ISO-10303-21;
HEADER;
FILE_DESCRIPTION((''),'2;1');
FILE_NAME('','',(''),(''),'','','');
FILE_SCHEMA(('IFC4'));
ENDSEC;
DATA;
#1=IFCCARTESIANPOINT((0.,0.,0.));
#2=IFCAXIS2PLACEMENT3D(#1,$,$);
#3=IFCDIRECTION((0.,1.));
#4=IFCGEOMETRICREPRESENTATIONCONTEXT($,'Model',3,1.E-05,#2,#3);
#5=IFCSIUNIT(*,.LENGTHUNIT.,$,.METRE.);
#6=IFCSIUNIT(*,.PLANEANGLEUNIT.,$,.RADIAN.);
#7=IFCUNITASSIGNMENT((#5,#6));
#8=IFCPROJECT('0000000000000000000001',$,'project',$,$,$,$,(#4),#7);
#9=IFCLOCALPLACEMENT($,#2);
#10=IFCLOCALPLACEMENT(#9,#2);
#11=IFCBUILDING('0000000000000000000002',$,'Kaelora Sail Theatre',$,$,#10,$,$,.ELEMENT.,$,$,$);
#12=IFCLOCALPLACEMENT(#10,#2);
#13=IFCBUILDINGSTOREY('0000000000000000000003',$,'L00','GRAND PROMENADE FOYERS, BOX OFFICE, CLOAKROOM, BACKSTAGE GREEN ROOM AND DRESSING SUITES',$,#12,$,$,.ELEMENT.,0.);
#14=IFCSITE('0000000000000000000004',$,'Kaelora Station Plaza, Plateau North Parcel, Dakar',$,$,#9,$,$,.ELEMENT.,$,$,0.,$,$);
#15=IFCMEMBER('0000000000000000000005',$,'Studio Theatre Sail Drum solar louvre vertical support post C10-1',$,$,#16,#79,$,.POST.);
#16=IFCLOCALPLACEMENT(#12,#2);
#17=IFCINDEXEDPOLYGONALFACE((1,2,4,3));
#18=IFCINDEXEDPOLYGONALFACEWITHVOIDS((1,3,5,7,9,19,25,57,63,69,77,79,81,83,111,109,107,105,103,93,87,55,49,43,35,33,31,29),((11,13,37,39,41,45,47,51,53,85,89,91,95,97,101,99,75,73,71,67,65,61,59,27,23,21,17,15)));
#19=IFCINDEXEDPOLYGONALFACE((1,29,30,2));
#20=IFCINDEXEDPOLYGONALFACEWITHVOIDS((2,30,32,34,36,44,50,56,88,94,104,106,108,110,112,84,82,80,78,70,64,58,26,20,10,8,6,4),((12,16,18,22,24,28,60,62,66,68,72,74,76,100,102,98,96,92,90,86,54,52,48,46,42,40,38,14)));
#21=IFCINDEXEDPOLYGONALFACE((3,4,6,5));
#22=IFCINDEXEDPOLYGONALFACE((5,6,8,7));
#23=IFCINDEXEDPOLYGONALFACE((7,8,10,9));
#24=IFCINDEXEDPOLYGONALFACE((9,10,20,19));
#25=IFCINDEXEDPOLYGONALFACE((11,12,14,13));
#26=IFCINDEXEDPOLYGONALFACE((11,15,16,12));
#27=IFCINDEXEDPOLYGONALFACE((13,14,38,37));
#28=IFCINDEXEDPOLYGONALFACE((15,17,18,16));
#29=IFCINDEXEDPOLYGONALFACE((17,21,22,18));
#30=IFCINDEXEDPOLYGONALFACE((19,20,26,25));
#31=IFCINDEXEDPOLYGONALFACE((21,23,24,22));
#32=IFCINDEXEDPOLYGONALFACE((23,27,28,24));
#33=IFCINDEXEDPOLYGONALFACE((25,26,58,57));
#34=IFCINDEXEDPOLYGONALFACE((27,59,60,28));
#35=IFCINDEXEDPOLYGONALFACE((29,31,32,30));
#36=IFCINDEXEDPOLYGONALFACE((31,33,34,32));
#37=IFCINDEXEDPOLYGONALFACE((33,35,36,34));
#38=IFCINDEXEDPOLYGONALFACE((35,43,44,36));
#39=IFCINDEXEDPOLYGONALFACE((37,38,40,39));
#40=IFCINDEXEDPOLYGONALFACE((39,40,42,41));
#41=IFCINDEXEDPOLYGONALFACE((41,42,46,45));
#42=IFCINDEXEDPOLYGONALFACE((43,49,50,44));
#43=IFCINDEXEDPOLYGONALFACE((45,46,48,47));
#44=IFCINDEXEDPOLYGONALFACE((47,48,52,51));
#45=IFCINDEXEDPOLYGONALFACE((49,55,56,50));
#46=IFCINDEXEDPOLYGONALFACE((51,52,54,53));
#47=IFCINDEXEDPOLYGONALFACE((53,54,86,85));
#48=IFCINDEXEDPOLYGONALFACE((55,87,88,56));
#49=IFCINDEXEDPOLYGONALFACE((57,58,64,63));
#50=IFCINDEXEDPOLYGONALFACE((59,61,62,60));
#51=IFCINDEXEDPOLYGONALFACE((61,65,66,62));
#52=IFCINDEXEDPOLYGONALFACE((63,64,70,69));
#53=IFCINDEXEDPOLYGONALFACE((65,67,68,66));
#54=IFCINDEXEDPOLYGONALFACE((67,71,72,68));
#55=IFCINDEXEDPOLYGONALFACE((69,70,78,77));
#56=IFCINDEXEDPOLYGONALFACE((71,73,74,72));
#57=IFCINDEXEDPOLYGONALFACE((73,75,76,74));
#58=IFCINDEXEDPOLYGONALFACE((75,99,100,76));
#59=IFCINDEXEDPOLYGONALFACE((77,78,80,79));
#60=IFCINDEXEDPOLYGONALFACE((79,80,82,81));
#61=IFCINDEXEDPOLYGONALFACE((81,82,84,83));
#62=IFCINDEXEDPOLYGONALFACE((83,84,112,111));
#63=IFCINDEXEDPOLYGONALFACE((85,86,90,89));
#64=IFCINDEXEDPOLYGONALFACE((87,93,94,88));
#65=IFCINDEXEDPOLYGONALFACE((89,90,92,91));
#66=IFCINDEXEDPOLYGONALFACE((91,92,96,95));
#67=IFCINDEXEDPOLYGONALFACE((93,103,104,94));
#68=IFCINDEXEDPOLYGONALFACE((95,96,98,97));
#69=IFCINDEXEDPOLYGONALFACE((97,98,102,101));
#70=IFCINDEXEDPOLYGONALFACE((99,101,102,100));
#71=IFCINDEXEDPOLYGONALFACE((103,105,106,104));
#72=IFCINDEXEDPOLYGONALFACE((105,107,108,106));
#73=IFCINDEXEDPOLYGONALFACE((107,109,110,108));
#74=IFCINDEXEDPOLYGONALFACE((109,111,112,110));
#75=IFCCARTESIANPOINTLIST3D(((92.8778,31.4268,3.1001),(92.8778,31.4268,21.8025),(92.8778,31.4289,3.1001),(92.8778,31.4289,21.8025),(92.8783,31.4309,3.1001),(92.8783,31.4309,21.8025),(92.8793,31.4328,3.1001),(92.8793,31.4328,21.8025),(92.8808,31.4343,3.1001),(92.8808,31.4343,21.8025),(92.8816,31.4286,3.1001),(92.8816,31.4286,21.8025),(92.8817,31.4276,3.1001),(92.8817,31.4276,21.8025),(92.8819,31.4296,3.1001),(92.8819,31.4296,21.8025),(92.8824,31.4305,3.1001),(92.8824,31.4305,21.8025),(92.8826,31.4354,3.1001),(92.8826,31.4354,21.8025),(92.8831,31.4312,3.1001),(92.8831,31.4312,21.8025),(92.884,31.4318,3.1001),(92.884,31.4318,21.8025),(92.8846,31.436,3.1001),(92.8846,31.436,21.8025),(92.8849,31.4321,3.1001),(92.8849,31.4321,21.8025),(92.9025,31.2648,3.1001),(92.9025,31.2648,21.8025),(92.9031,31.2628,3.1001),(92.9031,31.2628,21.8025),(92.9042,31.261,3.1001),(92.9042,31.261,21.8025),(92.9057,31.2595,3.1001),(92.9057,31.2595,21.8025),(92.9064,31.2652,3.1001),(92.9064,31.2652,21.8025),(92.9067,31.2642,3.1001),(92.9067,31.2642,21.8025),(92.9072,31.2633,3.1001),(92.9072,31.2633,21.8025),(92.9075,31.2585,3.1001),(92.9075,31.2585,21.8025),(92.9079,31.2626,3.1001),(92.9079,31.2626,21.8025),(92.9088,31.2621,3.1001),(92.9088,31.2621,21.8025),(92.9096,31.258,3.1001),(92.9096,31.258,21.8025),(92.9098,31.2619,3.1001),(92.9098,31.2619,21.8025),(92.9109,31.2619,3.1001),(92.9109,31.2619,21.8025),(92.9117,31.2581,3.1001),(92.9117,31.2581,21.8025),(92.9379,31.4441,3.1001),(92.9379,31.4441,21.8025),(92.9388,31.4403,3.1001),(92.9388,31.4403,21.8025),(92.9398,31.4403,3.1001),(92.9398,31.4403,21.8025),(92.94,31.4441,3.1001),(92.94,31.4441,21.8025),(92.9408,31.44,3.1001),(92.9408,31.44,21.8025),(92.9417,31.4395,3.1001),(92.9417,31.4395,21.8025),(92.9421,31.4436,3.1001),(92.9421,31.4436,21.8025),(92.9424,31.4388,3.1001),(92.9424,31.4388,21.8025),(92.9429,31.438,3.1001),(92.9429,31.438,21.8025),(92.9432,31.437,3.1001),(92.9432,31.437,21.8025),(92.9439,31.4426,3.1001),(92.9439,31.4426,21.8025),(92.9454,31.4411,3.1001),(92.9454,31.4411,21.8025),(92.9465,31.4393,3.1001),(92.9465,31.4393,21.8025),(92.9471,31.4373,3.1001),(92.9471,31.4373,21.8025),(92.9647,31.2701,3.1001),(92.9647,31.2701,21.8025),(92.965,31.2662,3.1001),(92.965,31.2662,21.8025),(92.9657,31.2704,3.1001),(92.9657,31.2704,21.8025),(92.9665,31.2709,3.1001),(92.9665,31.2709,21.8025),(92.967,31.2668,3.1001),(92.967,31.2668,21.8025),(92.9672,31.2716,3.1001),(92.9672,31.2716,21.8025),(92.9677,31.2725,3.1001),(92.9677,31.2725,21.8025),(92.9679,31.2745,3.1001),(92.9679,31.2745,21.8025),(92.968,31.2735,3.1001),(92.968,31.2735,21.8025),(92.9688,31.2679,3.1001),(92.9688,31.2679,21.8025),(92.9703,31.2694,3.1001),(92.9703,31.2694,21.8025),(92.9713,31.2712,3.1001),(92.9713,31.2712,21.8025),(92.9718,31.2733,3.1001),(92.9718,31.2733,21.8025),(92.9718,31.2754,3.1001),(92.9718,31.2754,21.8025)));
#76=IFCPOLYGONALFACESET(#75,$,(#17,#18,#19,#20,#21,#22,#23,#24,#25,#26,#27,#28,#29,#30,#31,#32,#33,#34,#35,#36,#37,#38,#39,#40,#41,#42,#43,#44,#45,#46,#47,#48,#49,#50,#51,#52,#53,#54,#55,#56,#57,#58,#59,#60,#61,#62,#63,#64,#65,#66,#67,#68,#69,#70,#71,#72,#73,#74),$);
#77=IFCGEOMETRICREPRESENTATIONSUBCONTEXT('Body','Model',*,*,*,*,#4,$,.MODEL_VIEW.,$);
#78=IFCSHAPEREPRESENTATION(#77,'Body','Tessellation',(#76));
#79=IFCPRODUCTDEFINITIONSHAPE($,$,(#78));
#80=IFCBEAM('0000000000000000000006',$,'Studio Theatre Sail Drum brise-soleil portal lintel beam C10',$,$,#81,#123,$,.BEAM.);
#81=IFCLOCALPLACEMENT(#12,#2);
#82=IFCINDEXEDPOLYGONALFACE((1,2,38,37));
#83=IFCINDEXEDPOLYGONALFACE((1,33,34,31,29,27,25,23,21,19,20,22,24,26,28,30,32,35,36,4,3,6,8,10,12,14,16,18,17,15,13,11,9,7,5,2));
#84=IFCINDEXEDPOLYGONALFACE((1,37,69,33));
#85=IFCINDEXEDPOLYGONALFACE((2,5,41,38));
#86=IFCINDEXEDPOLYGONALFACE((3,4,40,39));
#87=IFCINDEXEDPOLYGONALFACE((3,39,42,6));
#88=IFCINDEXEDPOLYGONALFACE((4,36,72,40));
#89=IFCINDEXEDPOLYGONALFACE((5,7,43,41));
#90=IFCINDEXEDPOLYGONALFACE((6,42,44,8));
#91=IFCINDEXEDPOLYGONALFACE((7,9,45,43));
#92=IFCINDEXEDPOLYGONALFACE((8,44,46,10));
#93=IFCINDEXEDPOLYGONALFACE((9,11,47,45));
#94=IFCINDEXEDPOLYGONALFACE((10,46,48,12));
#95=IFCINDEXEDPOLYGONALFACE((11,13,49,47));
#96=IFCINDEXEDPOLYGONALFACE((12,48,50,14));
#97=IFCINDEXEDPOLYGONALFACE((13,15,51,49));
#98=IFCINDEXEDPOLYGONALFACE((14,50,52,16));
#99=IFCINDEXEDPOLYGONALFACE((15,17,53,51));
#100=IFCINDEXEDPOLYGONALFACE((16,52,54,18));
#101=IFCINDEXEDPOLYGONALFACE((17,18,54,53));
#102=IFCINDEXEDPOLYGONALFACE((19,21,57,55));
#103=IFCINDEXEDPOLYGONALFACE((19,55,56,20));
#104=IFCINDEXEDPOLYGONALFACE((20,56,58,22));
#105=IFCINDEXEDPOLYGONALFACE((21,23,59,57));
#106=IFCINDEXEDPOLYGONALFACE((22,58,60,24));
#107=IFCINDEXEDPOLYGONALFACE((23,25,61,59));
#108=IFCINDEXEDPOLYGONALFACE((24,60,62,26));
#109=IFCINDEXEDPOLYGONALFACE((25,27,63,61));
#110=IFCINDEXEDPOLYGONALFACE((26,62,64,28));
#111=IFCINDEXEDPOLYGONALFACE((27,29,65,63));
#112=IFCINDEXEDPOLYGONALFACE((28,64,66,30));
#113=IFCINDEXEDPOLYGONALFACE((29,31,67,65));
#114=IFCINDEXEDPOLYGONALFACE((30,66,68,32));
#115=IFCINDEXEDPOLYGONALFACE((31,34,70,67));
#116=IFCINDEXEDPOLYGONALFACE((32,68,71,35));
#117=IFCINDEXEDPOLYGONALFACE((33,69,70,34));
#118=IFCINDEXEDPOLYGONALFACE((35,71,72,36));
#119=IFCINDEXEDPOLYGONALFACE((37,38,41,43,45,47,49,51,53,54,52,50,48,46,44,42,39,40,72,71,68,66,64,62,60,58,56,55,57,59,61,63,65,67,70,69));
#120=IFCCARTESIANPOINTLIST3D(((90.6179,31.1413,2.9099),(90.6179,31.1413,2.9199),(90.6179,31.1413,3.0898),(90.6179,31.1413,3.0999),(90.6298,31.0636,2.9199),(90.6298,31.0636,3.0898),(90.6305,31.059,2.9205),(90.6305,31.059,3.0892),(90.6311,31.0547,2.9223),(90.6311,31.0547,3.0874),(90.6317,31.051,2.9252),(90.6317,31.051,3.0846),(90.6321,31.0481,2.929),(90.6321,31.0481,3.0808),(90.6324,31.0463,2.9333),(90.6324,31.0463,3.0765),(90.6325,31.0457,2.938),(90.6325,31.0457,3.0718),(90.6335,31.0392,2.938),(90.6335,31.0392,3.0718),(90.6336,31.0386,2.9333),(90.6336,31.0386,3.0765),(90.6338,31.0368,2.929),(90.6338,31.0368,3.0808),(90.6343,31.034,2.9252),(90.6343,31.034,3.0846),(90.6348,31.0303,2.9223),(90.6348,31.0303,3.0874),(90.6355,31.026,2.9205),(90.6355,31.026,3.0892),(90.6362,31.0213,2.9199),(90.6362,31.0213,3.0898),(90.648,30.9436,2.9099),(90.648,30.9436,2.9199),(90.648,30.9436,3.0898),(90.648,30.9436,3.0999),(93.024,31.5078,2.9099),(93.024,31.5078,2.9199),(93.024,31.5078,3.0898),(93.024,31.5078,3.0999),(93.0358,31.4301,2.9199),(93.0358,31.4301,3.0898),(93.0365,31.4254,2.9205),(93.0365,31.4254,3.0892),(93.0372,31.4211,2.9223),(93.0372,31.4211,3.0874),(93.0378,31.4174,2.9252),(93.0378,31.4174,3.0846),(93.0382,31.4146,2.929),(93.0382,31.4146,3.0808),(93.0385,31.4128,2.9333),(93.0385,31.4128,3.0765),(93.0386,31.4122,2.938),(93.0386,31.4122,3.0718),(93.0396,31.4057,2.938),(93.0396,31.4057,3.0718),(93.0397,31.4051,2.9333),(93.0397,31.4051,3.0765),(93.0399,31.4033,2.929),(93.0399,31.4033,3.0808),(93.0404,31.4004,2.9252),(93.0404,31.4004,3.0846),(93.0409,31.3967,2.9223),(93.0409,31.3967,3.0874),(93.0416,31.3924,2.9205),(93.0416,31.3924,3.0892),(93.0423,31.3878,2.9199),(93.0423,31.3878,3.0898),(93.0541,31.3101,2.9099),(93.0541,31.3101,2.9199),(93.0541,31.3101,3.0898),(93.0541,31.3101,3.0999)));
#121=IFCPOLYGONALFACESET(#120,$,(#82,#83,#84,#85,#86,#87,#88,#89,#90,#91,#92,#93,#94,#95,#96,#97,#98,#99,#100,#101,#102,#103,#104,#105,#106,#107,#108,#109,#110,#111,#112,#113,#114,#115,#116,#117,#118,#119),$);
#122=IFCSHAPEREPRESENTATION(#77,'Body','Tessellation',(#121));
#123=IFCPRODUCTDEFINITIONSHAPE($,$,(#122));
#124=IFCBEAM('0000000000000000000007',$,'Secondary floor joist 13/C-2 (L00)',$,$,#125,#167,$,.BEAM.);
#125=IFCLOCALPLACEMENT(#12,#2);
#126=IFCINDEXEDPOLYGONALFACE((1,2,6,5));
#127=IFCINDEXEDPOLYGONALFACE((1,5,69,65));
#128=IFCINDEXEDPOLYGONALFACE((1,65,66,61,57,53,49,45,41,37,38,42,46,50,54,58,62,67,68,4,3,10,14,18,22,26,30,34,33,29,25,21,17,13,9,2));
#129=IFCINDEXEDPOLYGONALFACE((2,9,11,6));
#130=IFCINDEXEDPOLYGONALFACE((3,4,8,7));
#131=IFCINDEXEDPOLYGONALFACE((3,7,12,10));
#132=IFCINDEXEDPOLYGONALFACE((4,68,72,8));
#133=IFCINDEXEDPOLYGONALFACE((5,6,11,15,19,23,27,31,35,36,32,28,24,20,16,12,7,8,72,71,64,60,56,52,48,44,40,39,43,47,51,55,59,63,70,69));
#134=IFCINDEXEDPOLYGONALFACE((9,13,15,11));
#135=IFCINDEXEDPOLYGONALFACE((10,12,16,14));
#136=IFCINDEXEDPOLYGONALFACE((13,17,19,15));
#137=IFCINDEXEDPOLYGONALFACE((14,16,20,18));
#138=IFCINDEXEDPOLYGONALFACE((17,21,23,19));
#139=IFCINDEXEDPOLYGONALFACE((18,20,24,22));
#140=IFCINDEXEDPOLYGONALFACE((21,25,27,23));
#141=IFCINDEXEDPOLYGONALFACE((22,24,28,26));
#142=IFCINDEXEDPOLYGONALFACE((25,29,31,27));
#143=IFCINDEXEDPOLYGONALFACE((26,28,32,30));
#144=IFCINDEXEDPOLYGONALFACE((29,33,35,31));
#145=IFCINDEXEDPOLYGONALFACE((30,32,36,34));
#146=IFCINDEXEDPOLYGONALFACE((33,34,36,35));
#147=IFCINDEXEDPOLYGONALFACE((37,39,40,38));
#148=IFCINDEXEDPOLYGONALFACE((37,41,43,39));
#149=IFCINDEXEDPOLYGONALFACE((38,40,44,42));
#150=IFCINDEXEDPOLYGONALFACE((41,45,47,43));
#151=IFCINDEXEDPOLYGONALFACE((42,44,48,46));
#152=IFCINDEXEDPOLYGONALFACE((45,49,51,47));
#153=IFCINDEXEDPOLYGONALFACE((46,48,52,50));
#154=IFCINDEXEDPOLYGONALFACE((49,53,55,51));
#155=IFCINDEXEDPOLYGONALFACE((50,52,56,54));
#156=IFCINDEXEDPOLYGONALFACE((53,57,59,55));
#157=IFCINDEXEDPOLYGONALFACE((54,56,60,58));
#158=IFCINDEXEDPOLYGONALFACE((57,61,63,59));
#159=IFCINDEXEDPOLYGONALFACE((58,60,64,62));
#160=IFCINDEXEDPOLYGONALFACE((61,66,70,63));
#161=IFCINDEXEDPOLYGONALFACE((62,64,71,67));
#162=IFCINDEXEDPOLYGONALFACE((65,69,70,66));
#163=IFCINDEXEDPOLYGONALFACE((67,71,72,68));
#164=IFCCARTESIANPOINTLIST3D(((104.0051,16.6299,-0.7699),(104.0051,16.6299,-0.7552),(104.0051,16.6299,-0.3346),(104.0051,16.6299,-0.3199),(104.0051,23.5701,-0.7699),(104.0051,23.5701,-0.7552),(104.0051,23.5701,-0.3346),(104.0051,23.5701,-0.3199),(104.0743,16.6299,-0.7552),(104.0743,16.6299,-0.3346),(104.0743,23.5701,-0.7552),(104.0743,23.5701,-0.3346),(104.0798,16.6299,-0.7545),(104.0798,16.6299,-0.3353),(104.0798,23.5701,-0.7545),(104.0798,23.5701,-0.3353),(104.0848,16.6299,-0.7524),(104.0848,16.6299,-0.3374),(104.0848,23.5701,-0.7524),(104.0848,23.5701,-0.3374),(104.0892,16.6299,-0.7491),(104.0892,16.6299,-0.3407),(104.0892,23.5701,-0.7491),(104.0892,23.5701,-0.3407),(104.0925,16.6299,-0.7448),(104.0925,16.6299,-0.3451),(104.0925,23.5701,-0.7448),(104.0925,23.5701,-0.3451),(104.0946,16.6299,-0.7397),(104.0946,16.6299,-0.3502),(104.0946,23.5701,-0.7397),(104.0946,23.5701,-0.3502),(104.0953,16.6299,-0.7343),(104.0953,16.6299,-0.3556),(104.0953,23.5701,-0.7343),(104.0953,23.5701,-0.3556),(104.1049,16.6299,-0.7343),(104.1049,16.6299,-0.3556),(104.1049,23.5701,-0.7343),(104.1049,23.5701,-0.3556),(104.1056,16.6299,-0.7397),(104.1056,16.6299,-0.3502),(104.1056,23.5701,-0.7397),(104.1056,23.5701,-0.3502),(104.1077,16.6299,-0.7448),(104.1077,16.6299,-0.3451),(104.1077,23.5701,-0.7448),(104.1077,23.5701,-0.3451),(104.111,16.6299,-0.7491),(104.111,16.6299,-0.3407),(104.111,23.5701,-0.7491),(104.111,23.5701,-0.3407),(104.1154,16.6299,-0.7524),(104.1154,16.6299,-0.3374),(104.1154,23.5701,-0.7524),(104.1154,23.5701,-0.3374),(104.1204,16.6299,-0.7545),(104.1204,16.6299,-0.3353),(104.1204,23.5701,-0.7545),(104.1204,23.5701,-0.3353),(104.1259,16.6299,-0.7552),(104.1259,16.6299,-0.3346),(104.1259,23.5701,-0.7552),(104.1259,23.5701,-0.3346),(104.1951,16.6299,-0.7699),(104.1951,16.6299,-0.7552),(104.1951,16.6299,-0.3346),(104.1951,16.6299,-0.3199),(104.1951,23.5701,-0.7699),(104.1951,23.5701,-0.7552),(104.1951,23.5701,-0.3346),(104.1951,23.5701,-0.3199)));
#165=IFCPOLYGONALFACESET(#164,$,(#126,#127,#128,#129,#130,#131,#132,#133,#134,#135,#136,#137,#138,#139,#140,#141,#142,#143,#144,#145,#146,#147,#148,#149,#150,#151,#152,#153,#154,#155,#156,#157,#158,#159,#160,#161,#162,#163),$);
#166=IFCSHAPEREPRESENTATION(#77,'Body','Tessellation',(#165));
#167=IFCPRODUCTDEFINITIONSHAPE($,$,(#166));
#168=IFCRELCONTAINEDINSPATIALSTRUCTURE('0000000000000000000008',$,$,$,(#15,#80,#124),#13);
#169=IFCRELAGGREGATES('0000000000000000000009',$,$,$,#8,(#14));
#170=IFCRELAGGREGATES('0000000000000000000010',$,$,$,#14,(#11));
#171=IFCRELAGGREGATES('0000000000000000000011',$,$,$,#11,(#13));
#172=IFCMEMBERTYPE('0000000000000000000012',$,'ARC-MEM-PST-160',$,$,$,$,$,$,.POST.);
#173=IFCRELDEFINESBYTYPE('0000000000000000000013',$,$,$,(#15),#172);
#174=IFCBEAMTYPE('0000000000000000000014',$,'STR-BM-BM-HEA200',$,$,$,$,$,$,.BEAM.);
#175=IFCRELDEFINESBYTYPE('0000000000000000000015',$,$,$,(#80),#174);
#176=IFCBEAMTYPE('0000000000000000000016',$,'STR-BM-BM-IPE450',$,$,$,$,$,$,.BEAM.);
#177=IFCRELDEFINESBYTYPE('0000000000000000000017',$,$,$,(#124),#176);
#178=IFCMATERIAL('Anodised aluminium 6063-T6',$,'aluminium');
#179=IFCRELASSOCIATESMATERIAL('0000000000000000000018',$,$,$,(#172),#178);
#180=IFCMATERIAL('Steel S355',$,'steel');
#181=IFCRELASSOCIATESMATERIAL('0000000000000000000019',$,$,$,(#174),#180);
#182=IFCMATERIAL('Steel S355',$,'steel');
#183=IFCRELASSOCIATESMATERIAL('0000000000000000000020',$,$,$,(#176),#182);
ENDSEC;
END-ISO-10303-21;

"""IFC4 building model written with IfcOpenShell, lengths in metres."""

from ifc_helpers import new_model, si_unit, direction, frame, origin, origin_2d, place, context, subcontext, project, spatial, hollow_rectangle, i_section, extrude, material, material_profile, profile_set, type_object, element, save


model = new_model("IFC4")

# Units and contexts
model_context = context("Model", 3, precision=1e-05, world=origin(), true_north=direction((0.0, 1.0)))
body_context = subcontext(model_context, "Body", "Model", "MODEL_VIEW")
ifc_project = project(units=[si_unit("LENGTHUNIT", "METRE"), si_unit("PLANEANGLEUNIT", "RADIAN")], contexts=[model_context])

# Site, building, storey
site_placement = place(None, origin())
site = spatial("IfcSite", under=ifc_project, at=site_placement, Name="Kaelora Station Plaza, Plateau North Parcel, Dakar", CompositionType="ELEMENT", RefElevation=0.0)
building_placement = place(site_placement, origin())
building = spatial("IfcBuilding", under=site, at=building_placement, Name="Kaelora Sail Theatre", CompositionType="ELEMENT")
storey_placement = place(building_placement, origin())
storey = spatial("IfcBuildingStorey", under=building, at=storey_placement, Name="L00", Description="GRAND PROMENADE FOYERS, BOX OFFICE, CLOAKROOM, BACKSTAGE GREEN ROOM AND DRESSING SUITES", CompositionType="ELEMENT", Elevation=0.0)

# Member
ifc_material_1 = material(Name="Anodised aluminium 6063-T6", Category="aluminium")
ifc_material_profile_1 = material_profile(ifc_material_1, hollow_rectangle(XDim=0.0701, YDim=0.1799, WallThickness=0.0039, InnerFilletRadius=0.0039, OuterFilletRadius=0.0081, at=origin_2d()), Name="ALU-MULL 70x180x4")
ifc_profile_set_1 = profile_set([ifc_material_profile_1], Name="Anodised aluminium 6063-T6")
member_type_1 = type_object("IfcMemberType", Name="ARC-MEM-PST-160", PredefinedType="POST", material=ifc_profile_set_1)
member_placement = place(storey_placement, frame((92.9248, 31.3511, 3.1001), z_axis=(0.0, 0.0, 1.0), x_axis=(-0.988599, -0.150571, 0.0)))
element("IfcMember", 1, at=member_placement, inside=storey, type_object=member_type_1, Name="Studio Theatre Sail Drum solar louvre vertical support post C10-1", PredefinedType="POST", context=body_context, shape_type="SweptSolid", body=[
    extrude(hollow_rectangle(XDim=0.0701, YDim=0.1799, WallThickness=0.0039, InnerFilletRadius=0.0039, OuterFilletRadius=0.0081, at=origin_2d()), origin(), (0.0, 0.0, 1.0), 18.7024),
])

# Beams
ifc_material_2 = material(Name="Steel S355", Category="steel")
ifc_material_profile_2 = material_profile(ifc_material_2, i_section(OverallWidth=0.2, OverallDepth=0.1899, WebThickness=0.0066, FlangeThickness=0.01, FilletRadius=0.0181, at=origin_2d()), Name="HEA 200")
ifc_profile_set_2 = profile_set([ifc_material_profile_2], Name="Steel S355")
beam_type_1 = type_object("IfcBeamType", Name="STR-BM-BM-HEA200", PredefinedType="BEAM", material=ifc_profile_set_2)
beam_1_placement = place(storey_placement, frame((93.0391, 31.4089, 3.0049), z_axis=(-0.988599, -0.150572, 0.0), x_axis=(0.150572, -0.988599, 0.0)))
element("IfcBeam", 2, at=beam_1_placement, inside=storey, type_object=beam_type_1, Name="Studio Theatre Sail Drum brise-soleil portal lintel beam C10", PredefinedType="BEAM", context=body_context, shape_type="SweptSolid", body=[
    extrude(i_section(OverallWidth=0.2, OverallDepth=0.1899, WebThickness=0.0066, FlangeThickness=0.01, FilletRadius=0.0181, at=origin_2d()), origin(), (0.0, 0.0, 1.0), 2.4338),
])
ifc_material_3 = material(Name="Steel S355", Category="steel")
ifc_material_profile_3 = material_profile(ifc_material_3, i_section(OverallWidth=0.1899, OverallDepth=0.45, WebThickness=0.0095, FlangeThickness=0.0146, FilletRadius=0.021, at=origin_2d()), Name="IPE 450")
ifc_profile_set_3 = profile_set([ifc_material_profile_3], Name="Steel S355")
beam_type_2 = type_object("IfcBeamType", Name="STR-BM-BM-IPE450", PredefinedType="BEAM", material=ifc_profile_set_3)
for number, where, z_axis, x_axis, name in (
    (3, (104.1001, 16.6299, -0.5449), (0.0, 1.0, 0.0), (-1.0, 0.0, 0.0), "Secondary floor joist 13/C-2 (L00)"),
):
    element("IfcBeam", number, at=place(storey_placement, frame(where, z_axis=z_axis, x_axis=x_axis)), inside=storey, type_object=beam_type_2, Name=name, PredefinedType="BEAM", context=body_context, shape_type="SweptSolid", body=[
        extrude(i_section(OverallWidth=0.1899, OverallDepth=0.45, WebThickness=0.0095, FlangeThickness=0.0146, FilletRadius=0.021, at=origin_2d()), origin(), (0.0, 0.0, 1.0), 6.9402),
    ])

save(model, "model.ifc")
